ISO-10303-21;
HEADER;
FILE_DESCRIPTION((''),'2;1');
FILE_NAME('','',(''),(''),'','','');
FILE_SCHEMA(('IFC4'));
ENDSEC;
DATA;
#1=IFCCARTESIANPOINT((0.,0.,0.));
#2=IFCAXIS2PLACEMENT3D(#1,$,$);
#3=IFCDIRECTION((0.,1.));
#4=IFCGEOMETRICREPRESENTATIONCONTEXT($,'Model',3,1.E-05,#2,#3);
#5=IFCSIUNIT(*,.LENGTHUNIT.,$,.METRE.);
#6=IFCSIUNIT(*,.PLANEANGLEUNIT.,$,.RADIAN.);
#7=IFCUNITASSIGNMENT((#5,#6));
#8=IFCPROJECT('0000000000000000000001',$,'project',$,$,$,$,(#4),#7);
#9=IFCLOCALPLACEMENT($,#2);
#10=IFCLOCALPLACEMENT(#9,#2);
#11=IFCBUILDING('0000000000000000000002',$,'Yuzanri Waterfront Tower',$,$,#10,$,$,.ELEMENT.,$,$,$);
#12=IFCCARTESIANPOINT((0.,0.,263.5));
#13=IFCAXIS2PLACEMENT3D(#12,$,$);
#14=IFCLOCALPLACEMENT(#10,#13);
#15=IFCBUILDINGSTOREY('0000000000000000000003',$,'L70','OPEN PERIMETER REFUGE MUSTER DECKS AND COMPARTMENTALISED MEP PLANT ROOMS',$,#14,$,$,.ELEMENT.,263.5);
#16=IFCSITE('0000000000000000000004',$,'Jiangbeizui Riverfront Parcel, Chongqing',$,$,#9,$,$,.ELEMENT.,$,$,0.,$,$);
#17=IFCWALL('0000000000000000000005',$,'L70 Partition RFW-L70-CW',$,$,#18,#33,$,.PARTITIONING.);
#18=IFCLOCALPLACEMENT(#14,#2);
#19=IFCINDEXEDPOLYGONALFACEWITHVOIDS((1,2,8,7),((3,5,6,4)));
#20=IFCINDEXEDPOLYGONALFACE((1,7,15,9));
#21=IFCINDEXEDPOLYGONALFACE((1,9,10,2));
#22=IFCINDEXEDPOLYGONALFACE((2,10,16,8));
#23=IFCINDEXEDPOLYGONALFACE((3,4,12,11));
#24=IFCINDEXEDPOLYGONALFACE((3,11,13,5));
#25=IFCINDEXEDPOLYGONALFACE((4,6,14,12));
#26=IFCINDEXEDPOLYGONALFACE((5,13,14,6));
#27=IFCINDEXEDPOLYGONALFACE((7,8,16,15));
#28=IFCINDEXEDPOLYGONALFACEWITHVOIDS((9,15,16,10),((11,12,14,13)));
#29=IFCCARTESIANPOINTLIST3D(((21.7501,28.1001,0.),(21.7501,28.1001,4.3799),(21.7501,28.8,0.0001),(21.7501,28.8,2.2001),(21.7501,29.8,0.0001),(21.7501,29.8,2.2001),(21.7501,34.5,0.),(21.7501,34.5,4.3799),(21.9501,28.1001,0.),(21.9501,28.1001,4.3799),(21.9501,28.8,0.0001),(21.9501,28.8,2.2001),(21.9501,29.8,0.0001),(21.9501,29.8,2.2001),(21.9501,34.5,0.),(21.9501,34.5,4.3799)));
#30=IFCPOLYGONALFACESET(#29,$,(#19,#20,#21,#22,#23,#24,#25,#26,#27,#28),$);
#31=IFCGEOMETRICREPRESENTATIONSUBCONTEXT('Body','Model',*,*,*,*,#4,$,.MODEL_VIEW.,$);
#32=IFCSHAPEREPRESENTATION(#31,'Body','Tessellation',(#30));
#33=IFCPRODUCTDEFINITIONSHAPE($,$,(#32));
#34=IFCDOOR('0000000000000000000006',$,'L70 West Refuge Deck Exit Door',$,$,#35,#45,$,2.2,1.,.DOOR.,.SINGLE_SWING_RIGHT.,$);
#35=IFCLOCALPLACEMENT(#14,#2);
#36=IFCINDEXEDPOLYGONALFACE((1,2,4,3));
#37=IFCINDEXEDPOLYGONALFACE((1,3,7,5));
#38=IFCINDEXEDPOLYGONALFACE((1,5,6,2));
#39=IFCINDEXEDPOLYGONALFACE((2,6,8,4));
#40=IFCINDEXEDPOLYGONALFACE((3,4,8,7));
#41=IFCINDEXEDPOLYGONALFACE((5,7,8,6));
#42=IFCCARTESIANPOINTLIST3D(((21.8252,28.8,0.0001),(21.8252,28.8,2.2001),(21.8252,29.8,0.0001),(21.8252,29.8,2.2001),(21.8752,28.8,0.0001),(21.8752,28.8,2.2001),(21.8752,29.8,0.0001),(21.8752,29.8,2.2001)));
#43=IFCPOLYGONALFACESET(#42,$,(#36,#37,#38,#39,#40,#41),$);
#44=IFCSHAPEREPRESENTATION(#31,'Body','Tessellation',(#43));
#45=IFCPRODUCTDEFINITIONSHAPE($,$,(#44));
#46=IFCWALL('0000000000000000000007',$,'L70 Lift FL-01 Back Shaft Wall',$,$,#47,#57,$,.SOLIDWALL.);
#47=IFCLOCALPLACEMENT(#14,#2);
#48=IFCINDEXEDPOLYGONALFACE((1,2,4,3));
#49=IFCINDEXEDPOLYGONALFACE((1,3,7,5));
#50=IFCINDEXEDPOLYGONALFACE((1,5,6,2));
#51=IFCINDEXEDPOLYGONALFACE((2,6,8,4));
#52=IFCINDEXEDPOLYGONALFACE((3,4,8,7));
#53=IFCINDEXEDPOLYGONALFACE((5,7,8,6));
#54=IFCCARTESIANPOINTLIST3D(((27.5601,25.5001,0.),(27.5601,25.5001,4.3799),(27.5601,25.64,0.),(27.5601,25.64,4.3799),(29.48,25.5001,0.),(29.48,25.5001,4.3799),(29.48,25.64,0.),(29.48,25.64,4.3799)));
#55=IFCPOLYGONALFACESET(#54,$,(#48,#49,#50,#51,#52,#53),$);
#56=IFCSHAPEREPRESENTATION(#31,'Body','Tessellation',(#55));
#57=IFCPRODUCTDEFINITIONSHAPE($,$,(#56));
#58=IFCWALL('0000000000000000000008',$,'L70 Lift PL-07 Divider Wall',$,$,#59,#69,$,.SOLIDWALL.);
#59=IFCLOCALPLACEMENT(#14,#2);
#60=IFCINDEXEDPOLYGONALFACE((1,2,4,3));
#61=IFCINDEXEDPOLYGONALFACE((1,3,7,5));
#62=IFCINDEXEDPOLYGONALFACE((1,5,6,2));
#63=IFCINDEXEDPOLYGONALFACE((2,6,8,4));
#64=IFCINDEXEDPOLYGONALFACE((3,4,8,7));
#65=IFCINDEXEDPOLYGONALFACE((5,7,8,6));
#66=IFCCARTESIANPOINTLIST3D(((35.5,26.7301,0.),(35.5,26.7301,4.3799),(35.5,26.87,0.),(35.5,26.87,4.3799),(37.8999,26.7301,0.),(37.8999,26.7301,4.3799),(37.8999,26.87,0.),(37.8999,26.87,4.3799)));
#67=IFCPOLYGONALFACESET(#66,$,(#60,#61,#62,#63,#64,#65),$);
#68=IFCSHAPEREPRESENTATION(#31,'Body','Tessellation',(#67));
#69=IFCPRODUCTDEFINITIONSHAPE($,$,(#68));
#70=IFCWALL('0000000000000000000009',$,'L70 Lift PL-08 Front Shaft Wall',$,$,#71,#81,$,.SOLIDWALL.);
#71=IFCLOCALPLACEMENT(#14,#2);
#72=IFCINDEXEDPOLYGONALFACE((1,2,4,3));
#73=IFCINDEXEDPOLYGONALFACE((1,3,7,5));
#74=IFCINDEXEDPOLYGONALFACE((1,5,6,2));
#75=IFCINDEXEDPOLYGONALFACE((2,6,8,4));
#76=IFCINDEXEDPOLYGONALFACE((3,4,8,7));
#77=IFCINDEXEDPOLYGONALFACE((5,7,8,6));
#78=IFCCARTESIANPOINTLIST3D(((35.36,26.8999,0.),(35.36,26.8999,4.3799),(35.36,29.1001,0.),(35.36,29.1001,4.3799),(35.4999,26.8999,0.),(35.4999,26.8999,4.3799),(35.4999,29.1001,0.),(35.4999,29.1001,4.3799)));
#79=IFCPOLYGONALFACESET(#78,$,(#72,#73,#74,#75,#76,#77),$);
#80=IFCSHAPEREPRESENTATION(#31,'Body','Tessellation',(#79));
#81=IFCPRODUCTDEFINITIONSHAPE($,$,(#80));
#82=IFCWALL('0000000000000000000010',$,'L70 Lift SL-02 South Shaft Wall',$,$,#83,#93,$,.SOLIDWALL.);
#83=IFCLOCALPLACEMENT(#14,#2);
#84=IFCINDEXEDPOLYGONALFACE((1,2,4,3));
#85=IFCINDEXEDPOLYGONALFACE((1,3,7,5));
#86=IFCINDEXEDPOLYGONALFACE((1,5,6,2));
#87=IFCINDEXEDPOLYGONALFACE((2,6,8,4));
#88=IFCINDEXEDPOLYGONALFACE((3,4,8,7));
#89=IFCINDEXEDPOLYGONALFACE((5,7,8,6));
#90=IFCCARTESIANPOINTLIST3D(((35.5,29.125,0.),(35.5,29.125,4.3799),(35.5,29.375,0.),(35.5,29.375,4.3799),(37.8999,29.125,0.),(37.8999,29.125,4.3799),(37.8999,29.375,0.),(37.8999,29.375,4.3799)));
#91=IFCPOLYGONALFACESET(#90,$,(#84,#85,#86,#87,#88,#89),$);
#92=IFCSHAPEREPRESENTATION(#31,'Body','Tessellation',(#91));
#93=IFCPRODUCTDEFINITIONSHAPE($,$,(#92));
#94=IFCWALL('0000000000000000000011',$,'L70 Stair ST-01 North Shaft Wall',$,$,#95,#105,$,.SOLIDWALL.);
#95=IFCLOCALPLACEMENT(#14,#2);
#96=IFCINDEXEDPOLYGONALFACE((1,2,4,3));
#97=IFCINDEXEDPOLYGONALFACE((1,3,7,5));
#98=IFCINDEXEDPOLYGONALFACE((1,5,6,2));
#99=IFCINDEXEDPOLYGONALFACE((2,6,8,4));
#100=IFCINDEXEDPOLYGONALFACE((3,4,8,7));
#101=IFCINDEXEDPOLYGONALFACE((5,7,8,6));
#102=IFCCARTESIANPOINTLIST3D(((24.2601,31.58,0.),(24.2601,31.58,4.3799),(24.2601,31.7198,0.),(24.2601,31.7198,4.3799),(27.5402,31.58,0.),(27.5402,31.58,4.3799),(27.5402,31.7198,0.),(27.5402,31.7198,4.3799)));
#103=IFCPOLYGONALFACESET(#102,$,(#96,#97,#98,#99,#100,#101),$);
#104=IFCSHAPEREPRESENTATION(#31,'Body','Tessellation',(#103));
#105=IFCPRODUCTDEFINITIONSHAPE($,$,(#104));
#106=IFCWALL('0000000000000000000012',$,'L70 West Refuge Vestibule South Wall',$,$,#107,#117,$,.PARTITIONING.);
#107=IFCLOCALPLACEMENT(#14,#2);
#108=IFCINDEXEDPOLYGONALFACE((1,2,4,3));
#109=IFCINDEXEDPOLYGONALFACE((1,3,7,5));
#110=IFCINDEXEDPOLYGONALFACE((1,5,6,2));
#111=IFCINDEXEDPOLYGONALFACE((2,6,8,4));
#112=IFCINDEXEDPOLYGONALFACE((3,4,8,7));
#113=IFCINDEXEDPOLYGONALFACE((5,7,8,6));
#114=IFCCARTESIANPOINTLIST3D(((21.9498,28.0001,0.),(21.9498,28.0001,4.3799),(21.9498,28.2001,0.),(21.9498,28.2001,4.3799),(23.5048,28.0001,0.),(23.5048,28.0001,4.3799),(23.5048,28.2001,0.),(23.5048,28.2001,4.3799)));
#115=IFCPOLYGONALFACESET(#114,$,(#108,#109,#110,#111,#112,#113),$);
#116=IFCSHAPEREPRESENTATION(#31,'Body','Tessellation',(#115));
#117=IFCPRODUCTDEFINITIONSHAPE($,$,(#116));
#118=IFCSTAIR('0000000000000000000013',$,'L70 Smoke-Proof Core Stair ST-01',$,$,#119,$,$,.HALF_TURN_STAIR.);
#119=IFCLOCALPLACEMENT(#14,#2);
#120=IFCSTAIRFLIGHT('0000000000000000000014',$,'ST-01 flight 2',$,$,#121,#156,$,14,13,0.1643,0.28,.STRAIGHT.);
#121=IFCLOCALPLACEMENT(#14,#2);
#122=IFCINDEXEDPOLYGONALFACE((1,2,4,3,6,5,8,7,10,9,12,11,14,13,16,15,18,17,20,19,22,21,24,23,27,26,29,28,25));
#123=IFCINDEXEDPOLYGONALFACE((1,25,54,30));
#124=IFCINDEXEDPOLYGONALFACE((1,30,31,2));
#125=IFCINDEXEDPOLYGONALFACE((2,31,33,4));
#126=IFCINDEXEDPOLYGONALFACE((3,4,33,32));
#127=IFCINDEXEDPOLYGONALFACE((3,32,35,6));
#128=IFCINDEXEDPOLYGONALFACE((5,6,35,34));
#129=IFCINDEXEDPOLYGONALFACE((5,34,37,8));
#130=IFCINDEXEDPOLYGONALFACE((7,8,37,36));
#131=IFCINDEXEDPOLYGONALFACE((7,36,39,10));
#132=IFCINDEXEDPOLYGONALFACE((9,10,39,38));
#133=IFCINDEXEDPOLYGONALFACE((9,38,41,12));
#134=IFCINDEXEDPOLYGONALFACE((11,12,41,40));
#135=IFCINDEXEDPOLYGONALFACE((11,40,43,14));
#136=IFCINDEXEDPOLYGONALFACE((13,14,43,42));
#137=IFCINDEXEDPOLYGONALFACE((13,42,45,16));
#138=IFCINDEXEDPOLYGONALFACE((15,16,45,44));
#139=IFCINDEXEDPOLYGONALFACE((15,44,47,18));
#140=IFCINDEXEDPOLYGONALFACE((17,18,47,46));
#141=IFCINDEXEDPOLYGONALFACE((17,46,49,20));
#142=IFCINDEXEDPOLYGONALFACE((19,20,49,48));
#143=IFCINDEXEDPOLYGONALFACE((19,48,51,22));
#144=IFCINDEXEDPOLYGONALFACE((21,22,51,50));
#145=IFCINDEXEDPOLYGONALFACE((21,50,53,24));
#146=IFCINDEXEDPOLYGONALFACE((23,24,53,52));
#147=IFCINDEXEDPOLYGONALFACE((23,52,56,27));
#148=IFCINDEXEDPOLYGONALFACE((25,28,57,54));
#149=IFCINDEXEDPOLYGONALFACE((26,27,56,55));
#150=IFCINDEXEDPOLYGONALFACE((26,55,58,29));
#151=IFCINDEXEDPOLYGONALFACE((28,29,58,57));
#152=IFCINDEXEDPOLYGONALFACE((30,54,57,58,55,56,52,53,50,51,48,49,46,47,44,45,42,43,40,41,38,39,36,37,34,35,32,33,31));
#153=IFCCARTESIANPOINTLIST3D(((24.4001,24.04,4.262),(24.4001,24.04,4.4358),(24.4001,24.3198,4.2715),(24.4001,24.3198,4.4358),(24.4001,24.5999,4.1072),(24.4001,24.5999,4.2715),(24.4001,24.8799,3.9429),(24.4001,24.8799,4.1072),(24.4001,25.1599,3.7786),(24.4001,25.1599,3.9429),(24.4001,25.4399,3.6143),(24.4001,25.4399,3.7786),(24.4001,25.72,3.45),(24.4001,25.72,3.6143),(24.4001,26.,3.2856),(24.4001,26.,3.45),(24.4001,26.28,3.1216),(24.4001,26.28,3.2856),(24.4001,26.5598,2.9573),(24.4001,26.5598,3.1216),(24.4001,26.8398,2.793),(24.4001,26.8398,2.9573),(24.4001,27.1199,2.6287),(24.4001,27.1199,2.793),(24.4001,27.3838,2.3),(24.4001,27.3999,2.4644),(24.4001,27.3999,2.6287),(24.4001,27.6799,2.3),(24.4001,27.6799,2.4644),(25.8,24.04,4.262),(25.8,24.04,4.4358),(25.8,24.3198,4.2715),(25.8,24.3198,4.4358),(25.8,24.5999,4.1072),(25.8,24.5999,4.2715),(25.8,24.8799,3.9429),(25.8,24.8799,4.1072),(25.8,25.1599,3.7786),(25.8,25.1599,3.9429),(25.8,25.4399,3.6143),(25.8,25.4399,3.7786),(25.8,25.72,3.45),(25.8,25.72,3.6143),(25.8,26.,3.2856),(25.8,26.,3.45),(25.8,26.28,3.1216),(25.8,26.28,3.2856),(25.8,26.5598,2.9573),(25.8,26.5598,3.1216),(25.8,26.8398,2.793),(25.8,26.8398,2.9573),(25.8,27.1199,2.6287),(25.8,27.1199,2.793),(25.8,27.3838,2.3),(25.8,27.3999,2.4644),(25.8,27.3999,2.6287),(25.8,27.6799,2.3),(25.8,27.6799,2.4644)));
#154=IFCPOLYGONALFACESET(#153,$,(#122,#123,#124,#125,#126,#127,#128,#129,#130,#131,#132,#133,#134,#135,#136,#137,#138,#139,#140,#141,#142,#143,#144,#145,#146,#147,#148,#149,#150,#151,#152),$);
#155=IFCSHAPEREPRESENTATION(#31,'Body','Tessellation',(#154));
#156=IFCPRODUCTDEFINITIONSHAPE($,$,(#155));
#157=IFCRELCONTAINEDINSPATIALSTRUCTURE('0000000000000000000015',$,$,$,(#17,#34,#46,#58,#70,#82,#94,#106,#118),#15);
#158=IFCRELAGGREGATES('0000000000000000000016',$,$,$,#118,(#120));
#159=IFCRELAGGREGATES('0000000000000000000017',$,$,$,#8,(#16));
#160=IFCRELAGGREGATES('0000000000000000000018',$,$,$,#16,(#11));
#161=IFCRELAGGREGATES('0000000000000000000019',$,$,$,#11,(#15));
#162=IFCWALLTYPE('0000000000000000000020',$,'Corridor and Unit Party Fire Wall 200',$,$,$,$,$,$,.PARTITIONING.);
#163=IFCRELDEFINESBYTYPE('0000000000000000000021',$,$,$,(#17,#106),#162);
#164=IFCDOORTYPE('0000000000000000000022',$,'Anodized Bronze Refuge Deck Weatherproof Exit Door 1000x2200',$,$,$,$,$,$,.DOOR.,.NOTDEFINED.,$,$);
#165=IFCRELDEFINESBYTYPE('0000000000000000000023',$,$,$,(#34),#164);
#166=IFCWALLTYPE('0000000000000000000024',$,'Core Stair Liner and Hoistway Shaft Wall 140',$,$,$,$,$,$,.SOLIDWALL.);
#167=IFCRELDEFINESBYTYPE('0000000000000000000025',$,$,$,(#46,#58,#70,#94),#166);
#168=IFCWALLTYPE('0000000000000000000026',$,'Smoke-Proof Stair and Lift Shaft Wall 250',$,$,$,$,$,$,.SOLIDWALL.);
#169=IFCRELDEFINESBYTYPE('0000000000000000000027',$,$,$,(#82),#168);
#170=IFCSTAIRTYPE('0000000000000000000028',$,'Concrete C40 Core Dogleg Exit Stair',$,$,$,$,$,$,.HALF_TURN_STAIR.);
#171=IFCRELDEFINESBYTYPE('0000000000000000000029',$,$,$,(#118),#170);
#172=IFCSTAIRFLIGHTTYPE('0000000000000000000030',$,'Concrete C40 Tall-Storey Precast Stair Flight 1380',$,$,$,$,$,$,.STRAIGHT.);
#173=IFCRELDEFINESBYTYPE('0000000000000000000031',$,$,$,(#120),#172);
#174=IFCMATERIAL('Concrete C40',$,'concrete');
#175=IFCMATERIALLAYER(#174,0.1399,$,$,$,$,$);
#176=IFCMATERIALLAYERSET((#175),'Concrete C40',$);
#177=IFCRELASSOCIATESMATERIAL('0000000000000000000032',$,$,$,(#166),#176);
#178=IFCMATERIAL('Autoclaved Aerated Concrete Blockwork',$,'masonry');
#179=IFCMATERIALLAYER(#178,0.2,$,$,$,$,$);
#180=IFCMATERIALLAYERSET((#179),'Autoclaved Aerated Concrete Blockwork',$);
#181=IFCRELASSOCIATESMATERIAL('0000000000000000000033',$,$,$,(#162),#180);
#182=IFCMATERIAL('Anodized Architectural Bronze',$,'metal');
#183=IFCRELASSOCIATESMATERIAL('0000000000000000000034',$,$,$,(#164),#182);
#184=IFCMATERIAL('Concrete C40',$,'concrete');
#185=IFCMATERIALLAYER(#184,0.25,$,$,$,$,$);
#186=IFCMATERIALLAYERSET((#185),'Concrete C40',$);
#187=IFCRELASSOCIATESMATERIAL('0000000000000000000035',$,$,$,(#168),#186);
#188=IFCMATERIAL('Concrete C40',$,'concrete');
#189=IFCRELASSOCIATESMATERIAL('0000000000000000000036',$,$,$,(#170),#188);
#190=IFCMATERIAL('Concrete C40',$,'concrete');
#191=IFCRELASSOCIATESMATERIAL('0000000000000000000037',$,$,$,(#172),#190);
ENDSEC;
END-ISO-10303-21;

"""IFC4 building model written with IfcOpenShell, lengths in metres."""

from ifc_helpers import new_model, si_unit, direction, frame, frame_2d, origin, place, context, subcontext, project, spatial, polyline, rectangle, outline, extrude, source, transform, mapped, material, layer, layer_set, type_object, element, fill, aggregate, save


model = new_model("IFC4")

# Units and contexts
model_context = context("Model", 3, precision=1e-05, world=origin(), true_north=direction((0.0, 1.0)))
body_context = subcontext(model_context, "Body", "Model", "MODEL_VIEW")
ifc_project = project(units=[si_unit("LENGTHUNIT", "METRE"), si_unit("PLANEANGLEUNIT", "RADIAN")], contexts=[model_context])

# Site, building, storey
site_placement = place(None, origin())
site = spatial("IfcSite", under=ifc_project, at=site_placement, Name="Jiangbeizui Riverfront Parcel, Chongqing", CompositionType="ELEMENT", RefElevation=0.0)
building_placement = place(site_placement, origin())
building = spatial("IfcBuilding", under=site, at=building_placement, Name="Yuzanri Waterfront Tower", CompositionType="ELEMENT")
storey_placement = place(building_placement, frame((0.0, 0.0, 263.5)))
storey = spatial("IfcBuildingStorey", under=building, at=storey_placement, Name="L70", Description="OPEN PERIMETER REFUGE MUSTER DECKS AND COMPARTMENTALISED MEP PLANT ROOMS", CompositionType="ELEMENT", Elevation=263.5)

# Wall, opening, door
ifc_material_1 = material(Name="Concrete C40", Category="concrete")
ifc_layer_1 = layer(ifc_material_1, 0.1399)
ifc_layer_set_1 = layer_set([ifc_layer_1], Name="Concrete C40")
wall_type_1 = type_object("IfcWallType", Name="Core Stair Liner and Hoistway Shaft Wall 140", PredefinedType="SOLIDWALL", material=ifc_layer_set_1)
ifc_material_2 = material(Name="Autoclaved Aerated Concrete Blockwork", Category="masonry")
ifc_layer_2 = layer(ifc_material_2, 0.2)
ifc_layer_set_2 = layer_set([ifc_layer_2], Name="Autoclaved Aerated Concrete Blockwork")
wall_type_2 = type_object("IfcWallType", Name="Corridor and Unit Party Fire Wall 200", PredefinedType="PARTITIONING", material=ifc_layer_set_2)
wall_1_placement = place(storey_placement, frame((21.8501, 28.1001, 0.0), z_axis=(0.0, 0.0, 1.0), x_axis=(0.0, 1.0, 0.0)))
wall_1 = element("IfcWall", 1, at=wall_1_placement, inside=storey, type_object=wall_type_2, Name="L70 Partition RFW-L70-CW", PredefinedType="PARTITIONING", context=body_context, shape_type="SweptSolid", body=[
    extrude(rectangle(XDim=6.3999, YDim=0.2, at=frame_2d((3.2, 0.0))), origin(), (0.0, 0.0, 1.0), 4.3799),
])
opening_1_placement = place(wall_1_placement, frame((0.7, 0.0, 0.0)))
opening_1 = element("IfcOpeningElement", 2, at=opening_1_placement, cuts=wall_1, PredefinedType="OPENING", context=body_context, shape_type="SweptSolid", body=[
    extrude(rectangle(XDim=1.0, YDim=2.2, at=frame_2d((0.5, 1.1001))), frame((0.0, 0.1147, 0.0), z_axis=(0.0, -1.0, 0.0), x_axis=(1.0, 0.0, 0.0)), (0.0, 0.0, 1.0), 0.2297),
])
ifc_material_3 = material(Name="Anodized Architectural Bronze", Category="metal")
door_type_1 = type_object("IfcDoorType", Name="Anodized Bronze Refuge Deck Weatherproof Exit Door 1000x2200", OperationType="NOTDEFINED", PredefinedType="DOOR", material=ifc_material_3)
shared_shape_1 = source(origin(), body_context, "Body", "SweptSolid", [
    extrude(rectangle(XDim=1.0, YDim=2.2, at=frame_2d((0.5, 1.1001))), frame((0.0, 0.0249, 0.0), z_axis=(0.0, -1.0, 0.0), x_axis=(1.0, 0.0, 0.0)), (0.0, 0.0, 1.0), 0.05),
])
door_1_placement = place(opening_1_placement, origin())
door_1 = element("IfcDoor", 3, at=door_1_placement, inside=storey, type_object=door_type_1, Name="L70 West Refuge Deck Exit Door", OperationType="SINGLE_SWING_RIGHT", OverallHeight=2.2, OverallWidth=1.0, PredefinedType="DOOR", context=body_context, shape_type="MappedRepresentation", body=[
    mapped(shared_shape_1, transform((0.0, 0.0, 0.0), scale=1.0)),
])
fill(opening_1, door_1)

# Walls
shared_shape_2 = source(origin(), body_context, "Body", "SweptSolid", [
    extrude(rectangle(XDim=1.9199, YDim=0.1399, at=frame_2d((0.96, 0.0))), origin(), (0.0, 0.0, 1.0), 4.3799),
])
wall_2_placement = place(storey_placement, frame((27.5601, 25.5701, 0.0), z_axis=(0.0, 0.0, 1.0), x_axis=(1.0, 0.0, 0.0)))
element("IfcWall", 4, at=wall_2_placement, inside=storey, type_object=wall_type_1, Name="L70 Lift FL-01 Back Shaft Wall", PredefinedType="SOLIDWALL", context=body_context, shape_type="MappedRepresentation", body=[
    mapped(shared_shape_2, transform((0.0, 0.0, 0.0), scale=1.0)),
])
shared_shape_3 = source(origin(), body_context, "Body", "SweptSolid", [
    extrude(rectangle(XDim=2.3999, YDim=0.1399, at=frame_2d((1.2, 0.0))), origin(), (0.0, 0.0, 1.0), 4.3799),
])
wall_3_placement = place(storey_placement, frame((35.5, 26.8, 0.0), z_axis=(0.0, 0.0, 1.0), x_axis=(1.0, 0.0, 0.0)))
element("IfcWall", 5, at=wall_3_placement, inside=storey, type_object=wall_type_1, Name="L70 Lift PL-07 Divider Wall", PredefinedType="SOLIDWALL", context=body_context, shape_type="MappedRepresentation", body=[
    mapped(shared_shape_3, transform((0.0, 0.0, 0.0), scale=1.0)),
])
shared_shape_4 = source(origin(), body_context, "Body", "SweptSolid", [
    extrude(rectangle(XDim=2.2002, YDim=0.1399, at=frame_2d((1.1001, 0.0))), origin(), (0.0, 0.0, 1.0), 4.3799),
])
wall_4_placement = place(storey_placement, frame((35.4299, 26.8999, 0.0), z_axis=(0.0, 0.0, 1.0), x_axis=(0.0, 1.0, 0.0)))
element("IfcWall", 6, at=wall_4_placement, inside=storey, type_object=wall_type_1, Name="L70 Lift PL-08 Front Shaft Wall", PredefinedType="SOLIDWALL", context=body_context, shape_type="MappedRepresentation", body=[
    mapped(shared_shape_4, transform((0.0, 0.0, 0.0), scale=1.0)),
])
ifc_material_4 = material(Name="Concrete C40", Category="concrete")
ifc_layer_3 = layer(ifc_material_4, 0.25)
ifc_layer_set_3 = layer_set([ifc_layer_3], Name="Concrete C40")
wall_type_3 = type_object("IfcWallType", Name="Smoke-Proof Stair and Lift Shaft Wall 250", PredefinedType="SOLIDWALL", material=ifc_layer_set_3)
shared_shape_5 = source(origin(), body_context, "Body", "SweptSolid", [
    extrude(rectangle(XDim=2.3999, YDim=0.25, at=frame_2d((1.2, 0.0))), origin(), (0.0, 0.0, 1.0), 4.3799),
])
wall_5_placement = place(storey_placement, frame((35.5, 29.25, 0.0), z_axis=(0.0, 0.0, 1.0), x_axis=(1.0, 0.0, 0.0)))
element("IfcWall", 7, at=wall_5_placement, inside=storey, type_object=wall_type_3, Name="L70 Lift SL-02 South Shaft Wall", PredefinedType="SOLIDWALL", context=body_context, shape_type="MappedRepresentation", body=[
    mapped(shared_shape_5, transform((0.0, 0.0, 0.0), scale=1.0)),
])
shared_shape_6 = source(origin(), body_context, "Body", "SweptSolid", [
    extrude(rectangle(XDim=3.28, YDim=0.1399, at=frame_2d((1.6401, 0.0))), origin(), (0.0, 0.0, 1.0), 4.3799),
])
wall_6_placement = place(storey_placement, frame((24.26, 31.6499, 0.0), z_axis=(0.0, 0.0, 1.0), x_axis=(1.0, 0.0, 0.0)))
element("IfcWall", 8, at=wall_6_placement, inside=storey, type_object=wall_type_1, Name="L70 Stair ST-01 North Shaft Wall", PredefinedType="SOLIDWALL", context=body_context, shape_type="MappedRepresentation", body=[
    mapped(shared_shape_6, transform((0.0, 0.0, 0.0), scale=1.0)),
])
shared_shape_7 = source(origin(), body_context, "Body", "SweptSolid", [
    extrude(rectangle(XDim=1.5549, YDim=0.2, at=frame_2d((0.7773, 0.0))), origin(), (0.0, 0.0, 1.0), 4.3799),
])
wall_7_placement = place(storey_placement, frame((21.95, 28.1001, 0.0), z_axis=(0.0, 0.0, 1.0), x_axis=(1.0, 0.0, 0.0)))
element("IfcWall", 9, at=wall_7_placement, inside=storey, type_object=wall_type_2, Name="L70 West Refuge Vestibule South Wall", PredefinedType="PARTITIONING", context=body_context, shape_type="MappedRepresentation", body=[
    mapped(shared_shape_7, transform((0.0, 0.0, 0.0), scale=1.0)),
])

# Stair, stair flight
ifc_material_5 = material(Name="Concrete C40", Category="concrete")
stair_type = type_object("IfcStairType", Name="Concrete C40 Core Dogleg Exit Stair", PredefinedType="HALF_TURN_STAIR", material=ifc_material_5)
stair_placement = place(storey_placement, origin())
stair = element("IfcStair", 10, at=stair_placement, inside=storey, type_object=stair_type, Name="L70 Smoke-Proof Core Stair ST-01", PredefinedType="HALF_TURN_STAIR")
ifc_material_6 = material(Name="Concrete C40", Category="concrete")
stair_flight_type = type_object("IfcStairFlightType", Name="Concrete C40 Tall-Storey Precast Stair Flight 1380", PredefinedType="STRAIGHT", material=ifc_material_6)
shared_shape_8 = source(origin(), body_context, "Body", "SweptSolid", [
    extrude(outline(polyline([(0.0, 0.0), (0.0, 0.1643), (0.28, 0.1643), (0.28, 0.3286), (0.5601, 0.3286), (0.5601, 0.4929), (0.8401, 0.4929), (0.8401, 0.6572), (1.1201, 0.6572), (1.1201, 0.8215), (1.3999, 0.8215), (1.3999, 0.9856), (1.6799, 0.9856), (1.6799, 1.1499), (1.96, 1.1499), (1.96, 1.3142), (2.24, 1.3142), (2.24, 1.4785), (2.52, 1.4785), (2.52, 1.6428), (2.8, 1.6428), (2.8, 1.8071), (3.0801, 1.8071), (3.0801, 1.9714), (3.3601, 1.9714), (3.3601, 2.1357), (3.6399, 2.1357), (3.6399, 2.3), (3.6399, 1.9619), (0.2961, 0.0), (0.0, 0.0)])), frame((0.0, 0.7, 0.0), z_axis=(0.0, -1.0, 0.0), x_axis=(1.0, 0.0, 0.0)), (0.0, 0.0, 1.0), 1.3999),
])
stair_flight_placement = place(storey_placement, frame((25.1001, 27.6799, 2.3), z_axis=(0.0, 0.0, 1.0), x_axis=(0.0, -1.0, 0.0)))
stair_flight = element("IfcStairFlight", 11, at=stair_flight_placement, type_object=stair_flight_type, Name="ST-01 flight 2", NumberOfRisers=14, NumberOfTreads=13, PredefinedType="STRAIGHT", RiserHeight=0.1643, TreadLength=0.28, context=body_context, shape_type="MappedRepresentation", body=[
    mapped(shared_shape_8, transform((0.0, 0.0, 0.0), scale=1.0)),
])
aggregate(stair, [stair_flight])

save(model, "model.ifc")
